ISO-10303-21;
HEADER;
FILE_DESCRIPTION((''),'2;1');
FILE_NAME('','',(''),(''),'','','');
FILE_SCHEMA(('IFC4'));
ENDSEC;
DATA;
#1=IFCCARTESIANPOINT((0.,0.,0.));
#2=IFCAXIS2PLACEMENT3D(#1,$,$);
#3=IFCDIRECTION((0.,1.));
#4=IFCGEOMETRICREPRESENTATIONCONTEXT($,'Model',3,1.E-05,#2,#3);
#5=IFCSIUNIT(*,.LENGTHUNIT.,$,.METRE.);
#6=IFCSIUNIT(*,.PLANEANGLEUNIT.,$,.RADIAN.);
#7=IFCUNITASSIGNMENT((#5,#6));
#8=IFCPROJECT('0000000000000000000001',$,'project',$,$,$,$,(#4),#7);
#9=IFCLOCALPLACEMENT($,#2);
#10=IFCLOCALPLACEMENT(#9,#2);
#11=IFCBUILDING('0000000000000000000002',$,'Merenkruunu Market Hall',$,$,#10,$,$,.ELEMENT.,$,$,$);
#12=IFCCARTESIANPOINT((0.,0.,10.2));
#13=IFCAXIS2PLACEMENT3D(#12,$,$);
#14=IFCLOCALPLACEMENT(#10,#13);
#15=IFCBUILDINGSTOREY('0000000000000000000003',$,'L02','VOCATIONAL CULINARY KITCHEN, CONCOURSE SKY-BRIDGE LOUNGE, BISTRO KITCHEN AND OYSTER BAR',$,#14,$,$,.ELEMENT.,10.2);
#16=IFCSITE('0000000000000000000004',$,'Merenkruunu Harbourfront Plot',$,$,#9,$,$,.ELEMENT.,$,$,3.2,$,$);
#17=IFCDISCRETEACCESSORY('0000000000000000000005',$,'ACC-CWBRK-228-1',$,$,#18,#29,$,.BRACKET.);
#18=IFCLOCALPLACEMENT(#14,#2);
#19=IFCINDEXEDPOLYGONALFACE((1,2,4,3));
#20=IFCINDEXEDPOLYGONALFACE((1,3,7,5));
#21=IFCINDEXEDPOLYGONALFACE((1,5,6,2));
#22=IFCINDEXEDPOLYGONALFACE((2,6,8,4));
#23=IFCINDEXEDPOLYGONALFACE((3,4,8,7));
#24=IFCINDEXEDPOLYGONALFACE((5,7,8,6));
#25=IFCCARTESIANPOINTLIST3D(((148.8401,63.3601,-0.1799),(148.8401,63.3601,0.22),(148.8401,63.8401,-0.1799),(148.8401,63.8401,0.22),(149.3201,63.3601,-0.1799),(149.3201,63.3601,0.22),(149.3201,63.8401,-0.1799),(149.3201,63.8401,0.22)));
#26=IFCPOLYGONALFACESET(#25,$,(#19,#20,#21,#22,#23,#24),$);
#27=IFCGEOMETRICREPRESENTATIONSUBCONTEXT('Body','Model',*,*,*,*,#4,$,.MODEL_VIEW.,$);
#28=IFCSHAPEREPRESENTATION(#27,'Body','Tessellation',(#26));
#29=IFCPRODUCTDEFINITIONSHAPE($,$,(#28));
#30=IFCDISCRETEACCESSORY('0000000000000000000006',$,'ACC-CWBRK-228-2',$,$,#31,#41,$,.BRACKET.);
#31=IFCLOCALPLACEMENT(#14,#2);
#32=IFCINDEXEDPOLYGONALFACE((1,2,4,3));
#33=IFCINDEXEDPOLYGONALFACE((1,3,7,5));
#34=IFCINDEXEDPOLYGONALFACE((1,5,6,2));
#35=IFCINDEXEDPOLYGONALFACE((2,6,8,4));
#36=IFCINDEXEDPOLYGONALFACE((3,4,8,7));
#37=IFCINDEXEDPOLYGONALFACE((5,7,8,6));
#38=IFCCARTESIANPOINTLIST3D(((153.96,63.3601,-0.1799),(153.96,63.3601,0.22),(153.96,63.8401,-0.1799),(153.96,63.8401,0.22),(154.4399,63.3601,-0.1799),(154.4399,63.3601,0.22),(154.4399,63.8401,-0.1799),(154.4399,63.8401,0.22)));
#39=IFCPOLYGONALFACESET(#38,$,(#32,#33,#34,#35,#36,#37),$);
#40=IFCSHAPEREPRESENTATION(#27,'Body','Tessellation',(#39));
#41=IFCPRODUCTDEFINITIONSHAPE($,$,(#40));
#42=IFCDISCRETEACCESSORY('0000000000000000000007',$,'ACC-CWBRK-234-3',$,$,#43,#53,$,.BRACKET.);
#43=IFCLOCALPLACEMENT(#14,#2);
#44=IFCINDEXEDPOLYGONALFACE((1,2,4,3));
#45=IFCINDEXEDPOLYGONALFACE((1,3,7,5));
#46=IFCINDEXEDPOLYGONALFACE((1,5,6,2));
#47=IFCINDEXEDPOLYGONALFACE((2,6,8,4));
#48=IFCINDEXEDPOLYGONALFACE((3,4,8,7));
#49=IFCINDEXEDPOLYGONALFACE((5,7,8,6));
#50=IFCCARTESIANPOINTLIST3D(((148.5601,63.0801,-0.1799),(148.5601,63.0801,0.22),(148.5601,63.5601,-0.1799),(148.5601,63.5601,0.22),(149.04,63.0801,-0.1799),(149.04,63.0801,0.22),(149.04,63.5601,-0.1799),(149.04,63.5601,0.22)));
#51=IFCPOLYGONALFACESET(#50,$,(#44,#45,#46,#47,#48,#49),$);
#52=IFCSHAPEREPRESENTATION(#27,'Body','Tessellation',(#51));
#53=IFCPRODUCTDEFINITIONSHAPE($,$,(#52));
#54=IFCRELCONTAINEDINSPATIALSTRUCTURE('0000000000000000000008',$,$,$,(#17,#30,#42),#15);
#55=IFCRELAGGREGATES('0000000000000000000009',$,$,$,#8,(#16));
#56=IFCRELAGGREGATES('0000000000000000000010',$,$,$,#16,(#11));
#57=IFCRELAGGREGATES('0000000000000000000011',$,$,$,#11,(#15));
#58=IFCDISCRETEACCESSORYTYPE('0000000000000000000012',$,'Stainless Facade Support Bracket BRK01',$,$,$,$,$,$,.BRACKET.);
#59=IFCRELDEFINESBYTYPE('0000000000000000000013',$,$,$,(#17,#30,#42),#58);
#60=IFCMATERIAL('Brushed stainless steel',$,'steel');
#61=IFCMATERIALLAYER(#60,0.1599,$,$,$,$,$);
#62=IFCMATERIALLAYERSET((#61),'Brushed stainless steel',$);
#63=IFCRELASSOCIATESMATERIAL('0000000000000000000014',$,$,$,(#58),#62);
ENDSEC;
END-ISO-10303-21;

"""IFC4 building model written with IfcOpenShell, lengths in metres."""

from ifc_helpers import new_model, si_unit, direction, frame, origin, origin_2d, place, context, subcontext, project, spatial, rectangle, extrude, material, layer, layer_set, type_object, element, save


model = new_model("IFC4")

# Units and contexts
model_context = context("Model", 3, precision=1e-05, world=origin(), true_north=direction((0.0, 1.0)))
body_context = subcontext(model_context, "Body", "Model", "MODEL_VIEW")
ifc_project = project(units=[si_unit("LENGTHUNIT", "METRE"), si_unit("PLANEANGLEUNIT", "RADIAN")], contexts=[model_context])

# Site, building, storey
site_placement = place(None, origin())
site = spatial("IfcSite", under=ifc_project, at=site_placement, Name="Merenkruunu Harbourfront Plot", CompositionType="ELEMENT", RefElevation=3.2)
building_placement = place(site_placement, origin())
building = spatial("IfcBuilding", under=site, at=building_placement, Name="Merenkruunu Market Hall", CompositionType="ELEMENT")
storey_placement = place(building_placement, frame((0.0, 0.0, 10.2)))
storey = spatial("IfcBuildingStorey", under=building, at=storey_placement, Name="L02", Description="VOCATIONAL CULINARY KITCHEN, CONCOURSE SKY-BRIDGE LOUNGE, BISTRO KITCHEN AND OYSTER BAR", CompositionType="ELEMENT", Elevation=10.2)

# Discrete accessories
ifc_material_1 = material(Name="Brushed stainless steel", Category="steel")
ifc_layer_1 = layer(ifc_material_1, 0.1599)
ifc_layer_set_1 = layer_set([ifc_layer_1], Name="Brushed stainless steel")
discrete_accessory_type = type_object("IfcDiscreteAccessoryType", Name="Stainless Facade Support Bracket BRK01", PredefinedType="BRACKET", material=ifc_layer_set_1)
for number, where, z_axis, x_axis, name in (
    (1, (149.0801, 63.6001, -0.1799), (0.0, 0.0, 1.0), (1.0, 0.0, 0.0), "ACC-CWBRK-228-1"),
    (2, (154.2, 63.6001, -0.1799), (0.0, 0.0, 1.0), (1.0, 0.0, 0.0), "ACC-CWBRK-228-2"),
    (3, (148.8, 63.3201, -0.1799), (0.0, 0.0, 1.0), (1.0, 0.0, 0.0), "ACC-CWBRK-234-3"),
):
    element("IfcDiscreteAccessory", number, at=place(storey_placement, frame(where, z_axis=z_axis, x_axis=x_axis)), inside=storey, type_object=discrete_accessory_type, Name=name, PredefinedType="BRACKET", context=body_context, shape_type="SweptSolid", body=[
        extrude(rectangle(XDim=0.48, YDim=0.48, at=origin_2d()), origin(), (0.0, 0.0, 1.0), 0.3999),
    ])

save(model, "model.ifc")
